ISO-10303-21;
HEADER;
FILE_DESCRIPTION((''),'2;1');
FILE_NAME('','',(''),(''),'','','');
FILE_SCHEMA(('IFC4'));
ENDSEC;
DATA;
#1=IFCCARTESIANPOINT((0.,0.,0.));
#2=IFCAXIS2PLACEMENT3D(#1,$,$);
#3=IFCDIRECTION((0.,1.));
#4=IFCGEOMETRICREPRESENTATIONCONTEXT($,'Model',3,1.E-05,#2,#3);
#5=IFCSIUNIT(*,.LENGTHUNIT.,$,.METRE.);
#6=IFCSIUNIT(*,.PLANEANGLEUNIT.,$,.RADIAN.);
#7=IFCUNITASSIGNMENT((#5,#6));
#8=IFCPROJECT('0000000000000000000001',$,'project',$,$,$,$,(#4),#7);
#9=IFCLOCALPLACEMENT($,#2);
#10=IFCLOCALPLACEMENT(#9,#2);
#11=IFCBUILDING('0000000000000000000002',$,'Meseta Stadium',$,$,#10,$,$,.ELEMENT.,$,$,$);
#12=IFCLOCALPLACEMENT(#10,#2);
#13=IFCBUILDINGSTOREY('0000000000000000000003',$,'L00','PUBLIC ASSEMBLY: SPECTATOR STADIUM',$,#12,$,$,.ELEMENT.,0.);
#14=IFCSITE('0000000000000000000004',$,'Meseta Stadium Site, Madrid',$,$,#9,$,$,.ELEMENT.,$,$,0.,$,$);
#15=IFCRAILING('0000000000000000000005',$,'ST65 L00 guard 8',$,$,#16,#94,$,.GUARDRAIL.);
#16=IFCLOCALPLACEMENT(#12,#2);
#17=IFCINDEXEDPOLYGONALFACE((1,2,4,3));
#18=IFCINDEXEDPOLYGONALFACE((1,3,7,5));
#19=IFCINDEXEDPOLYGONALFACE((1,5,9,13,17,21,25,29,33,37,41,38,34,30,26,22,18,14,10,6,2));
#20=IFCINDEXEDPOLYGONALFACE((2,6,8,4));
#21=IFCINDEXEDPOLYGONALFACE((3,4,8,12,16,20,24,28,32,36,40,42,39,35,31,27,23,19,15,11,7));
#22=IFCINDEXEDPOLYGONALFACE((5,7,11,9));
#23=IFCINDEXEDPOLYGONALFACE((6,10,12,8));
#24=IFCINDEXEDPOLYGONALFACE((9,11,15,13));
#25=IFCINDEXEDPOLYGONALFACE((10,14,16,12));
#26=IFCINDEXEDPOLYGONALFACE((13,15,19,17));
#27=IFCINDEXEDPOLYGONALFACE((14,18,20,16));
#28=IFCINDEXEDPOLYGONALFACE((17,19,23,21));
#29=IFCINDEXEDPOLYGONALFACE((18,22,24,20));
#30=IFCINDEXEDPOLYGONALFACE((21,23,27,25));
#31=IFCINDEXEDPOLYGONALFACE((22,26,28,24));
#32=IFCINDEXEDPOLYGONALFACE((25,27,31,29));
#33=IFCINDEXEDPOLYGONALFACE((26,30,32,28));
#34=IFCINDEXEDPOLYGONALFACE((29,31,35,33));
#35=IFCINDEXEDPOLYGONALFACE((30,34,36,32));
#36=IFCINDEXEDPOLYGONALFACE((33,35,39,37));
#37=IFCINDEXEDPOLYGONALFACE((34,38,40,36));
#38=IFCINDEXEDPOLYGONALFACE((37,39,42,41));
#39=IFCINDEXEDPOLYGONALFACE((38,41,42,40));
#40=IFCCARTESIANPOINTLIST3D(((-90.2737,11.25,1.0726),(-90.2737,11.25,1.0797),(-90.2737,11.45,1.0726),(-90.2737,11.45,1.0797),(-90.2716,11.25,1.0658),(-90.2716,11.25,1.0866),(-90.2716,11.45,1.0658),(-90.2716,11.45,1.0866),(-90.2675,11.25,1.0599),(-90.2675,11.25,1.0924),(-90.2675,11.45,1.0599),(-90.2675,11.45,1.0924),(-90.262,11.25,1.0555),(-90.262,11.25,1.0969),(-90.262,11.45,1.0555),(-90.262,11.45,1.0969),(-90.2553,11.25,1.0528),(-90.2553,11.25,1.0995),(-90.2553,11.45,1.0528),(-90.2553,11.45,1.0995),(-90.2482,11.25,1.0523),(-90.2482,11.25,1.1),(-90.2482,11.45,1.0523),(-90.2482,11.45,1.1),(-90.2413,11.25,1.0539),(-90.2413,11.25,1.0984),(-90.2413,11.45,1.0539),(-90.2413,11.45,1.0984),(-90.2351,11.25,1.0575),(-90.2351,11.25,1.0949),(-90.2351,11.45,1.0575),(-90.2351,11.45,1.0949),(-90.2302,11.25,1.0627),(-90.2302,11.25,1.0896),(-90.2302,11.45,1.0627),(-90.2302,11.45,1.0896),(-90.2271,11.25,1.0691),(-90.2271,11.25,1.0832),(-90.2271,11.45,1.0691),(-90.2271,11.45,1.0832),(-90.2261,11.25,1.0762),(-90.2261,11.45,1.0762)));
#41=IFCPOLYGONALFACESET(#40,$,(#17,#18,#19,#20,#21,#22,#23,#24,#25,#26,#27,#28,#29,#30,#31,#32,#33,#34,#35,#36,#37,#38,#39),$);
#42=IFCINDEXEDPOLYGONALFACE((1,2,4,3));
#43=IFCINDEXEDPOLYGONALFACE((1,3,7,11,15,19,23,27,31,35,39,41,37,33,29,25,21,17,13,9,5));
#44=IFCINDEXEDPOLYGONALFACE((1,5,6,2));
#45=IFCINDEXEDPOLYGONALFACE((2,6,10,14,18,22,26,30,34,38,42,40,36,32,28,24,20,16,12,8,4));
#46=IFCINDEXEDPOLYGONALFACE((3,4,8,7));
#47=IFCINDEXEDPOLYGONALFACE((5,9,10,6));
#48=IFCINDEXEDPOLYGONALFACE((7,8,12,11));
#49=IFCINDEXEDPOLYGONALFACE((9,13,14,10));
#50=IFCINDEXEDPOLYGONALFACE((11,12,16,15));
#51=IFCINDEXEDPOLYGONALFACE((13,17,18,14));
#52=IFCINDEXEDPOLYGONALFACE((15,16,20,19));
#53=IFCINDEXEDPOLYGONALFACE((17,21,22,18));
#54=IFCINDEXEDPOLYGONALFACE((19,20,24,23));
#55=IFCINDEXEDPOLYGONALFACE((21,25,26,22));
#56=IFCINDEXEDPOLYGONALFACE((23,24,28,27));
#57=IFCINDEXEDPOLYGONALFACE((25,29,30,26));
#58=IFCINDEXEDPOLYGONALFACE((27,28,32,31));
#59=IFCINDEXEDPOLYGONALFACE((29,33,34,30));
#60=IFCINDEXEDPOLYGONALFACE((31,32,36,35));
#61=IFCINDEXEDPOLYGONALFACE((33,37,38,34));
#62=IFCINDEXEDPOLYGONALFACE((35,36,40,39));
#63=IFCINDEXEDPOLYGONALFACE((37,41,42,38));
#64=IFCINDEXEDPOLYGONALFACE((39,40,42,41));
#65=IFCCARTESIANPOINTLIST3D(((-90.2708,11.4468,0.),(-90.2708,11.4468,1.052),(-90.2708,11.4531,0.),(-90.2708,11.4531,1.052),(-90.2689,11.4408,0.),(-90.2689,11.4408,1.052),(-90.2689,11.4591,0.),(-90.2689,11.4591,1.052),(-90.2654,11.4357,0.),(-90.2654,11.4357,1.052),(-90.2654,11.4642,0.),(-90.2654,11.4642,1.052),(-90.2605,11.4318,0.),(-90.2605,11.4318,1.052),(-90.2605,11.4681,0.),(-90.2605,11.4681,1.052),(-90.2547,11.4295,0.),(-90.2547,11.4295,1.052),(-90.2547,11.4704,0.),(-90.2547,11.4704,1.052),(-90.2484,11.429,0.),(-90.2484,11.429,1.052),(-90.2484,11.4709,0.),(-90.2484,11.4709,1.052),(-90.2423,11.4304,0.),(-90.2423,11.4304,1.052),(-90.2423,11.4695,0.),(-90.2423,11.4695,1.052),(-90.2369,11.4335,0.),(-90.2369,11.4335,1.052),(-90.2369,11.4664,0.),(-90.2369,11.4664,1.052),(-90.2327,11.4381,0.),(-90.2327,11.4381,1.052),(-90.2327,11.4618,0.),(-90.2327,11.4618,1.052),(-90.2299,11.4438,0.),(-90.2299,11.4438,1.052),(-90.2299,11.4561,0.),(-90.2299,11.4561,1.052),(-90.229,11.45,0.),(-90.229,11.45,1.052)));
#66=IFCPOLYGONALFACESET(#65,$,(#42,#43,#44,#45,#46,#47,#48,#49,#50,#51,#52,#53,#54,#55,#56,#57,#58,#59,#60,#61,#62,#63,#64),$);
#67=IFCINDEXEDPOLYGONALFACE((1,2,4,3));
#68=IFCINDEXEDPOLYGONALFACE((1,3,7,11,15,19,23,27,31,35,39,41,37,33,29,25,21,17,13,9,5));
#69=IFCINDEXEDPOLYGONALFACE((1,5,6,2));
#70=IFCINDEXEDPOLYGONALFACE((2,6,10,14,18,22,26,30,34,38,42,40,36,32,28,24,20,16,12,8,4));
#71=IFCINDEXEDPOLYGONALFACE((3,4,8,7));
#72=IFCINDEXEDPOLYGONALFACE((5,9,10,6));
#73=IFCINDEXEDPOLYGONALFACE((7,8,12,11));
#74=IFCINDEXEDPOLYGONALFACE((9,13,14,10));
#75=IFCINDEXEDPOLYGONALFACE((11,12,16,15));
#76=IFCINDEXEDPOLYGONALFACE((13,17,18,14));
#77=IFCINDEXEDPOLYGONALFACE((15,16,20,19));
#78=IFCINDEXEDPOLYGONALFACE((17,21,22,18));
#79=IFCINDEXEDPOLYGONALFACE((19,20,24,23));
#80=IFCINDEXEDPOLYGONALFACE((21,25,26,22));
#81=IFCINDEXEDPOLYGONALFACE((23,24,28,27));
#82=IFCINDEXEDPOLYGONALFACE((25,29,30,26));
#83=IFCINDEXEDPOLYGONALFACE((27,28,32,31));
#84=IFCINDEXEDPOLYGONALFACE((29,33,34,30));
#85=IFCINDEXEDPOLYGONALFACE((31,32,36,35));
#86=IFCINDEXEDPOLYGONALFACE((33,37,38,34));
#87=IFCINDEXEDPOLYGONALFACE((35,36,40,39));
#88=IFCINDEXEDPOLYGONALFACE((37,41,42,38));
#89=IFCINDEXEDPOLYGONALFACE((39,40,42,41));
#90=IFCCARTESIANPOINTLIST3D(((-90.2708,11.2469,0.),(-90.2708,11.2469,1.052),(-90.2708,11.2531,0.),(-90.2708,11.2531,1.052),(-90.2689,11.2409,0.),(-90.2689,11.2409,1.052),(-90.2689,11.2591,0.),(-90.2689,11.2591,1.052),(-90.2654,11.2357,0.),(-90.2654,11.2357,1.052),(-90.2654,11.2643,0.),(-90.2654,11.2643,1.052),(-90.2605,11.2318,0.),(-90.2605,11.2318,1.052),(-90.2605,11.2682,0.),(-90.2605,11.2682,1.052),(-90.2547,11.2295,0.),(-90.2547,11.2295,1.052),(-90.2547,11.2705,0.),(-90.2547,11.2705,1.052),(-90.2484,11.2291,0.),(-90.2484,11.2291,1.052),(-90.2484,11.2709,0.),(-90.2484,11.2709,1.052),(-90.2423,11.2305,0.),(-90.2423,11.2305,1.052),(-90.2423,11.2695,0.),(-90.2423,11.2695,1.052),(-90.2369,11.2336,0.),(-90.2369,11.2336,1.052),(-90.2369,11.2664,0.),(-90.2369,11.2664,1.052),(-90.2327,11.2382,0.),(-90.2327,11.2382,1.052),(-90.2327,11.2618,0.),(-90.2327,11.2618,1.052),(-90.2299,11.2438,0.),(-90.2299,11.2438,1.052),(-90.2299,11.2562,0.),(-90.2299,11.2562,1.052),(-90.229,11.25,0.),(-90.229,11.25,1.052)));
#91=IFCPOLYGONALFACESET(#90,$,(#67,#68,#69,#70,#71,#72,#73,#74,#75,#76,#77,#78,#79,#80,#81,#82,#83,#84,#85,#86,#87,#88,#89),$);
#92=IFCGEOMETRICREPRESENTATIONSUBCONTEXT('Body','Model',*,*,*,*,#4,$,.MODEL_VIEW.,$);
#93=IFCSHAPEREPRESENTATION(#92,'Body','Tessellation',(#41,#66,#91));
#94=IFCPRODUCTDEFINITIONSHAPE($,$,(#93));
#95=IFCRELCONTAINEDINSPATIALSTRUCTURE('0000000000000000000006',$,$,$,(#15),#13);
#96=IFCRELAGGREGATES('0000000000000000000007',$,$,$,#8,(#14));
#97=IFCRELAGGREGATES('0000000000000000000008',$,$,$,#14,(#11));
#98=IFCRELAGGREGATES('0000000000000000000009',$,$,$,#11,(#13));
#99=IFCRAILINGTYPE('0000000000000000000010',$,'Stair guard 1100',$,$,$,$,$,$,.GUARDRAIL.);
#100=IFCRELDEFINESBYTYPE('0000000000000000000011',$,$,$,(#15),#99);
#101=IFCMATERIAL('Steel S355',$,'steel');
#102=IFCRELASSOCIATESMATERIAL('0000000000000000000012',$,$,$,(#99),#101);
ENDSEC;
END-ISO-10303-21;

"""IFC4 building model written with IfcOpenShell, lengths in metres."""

from ifc_helpers import new_model, si_unit, direction, frame, origin, origin_2d, place, context, subcontext, project, spatial, circle, extrude, material, type_object, element, save


model = new_model("IFC4")

# Units and contexts
model_context = context("Model", 3, precision=1e-05, world=origin(), true_north=direction((0.0, 1.0)))
body_context = subcontext(model_context, "Body", "Model", "MODEL_VIEW")
ifc_project = project(units=[si_unit("LENGTHUNIT", "METRE"), si_unit("PLANEANGLEUNIT", "RADIAN")], contexts=[model_context])

# Site, building, storey
site_placement = place(None, origin())
site = spatial("IfcSite", under=ifc_project, at=site_placement, Name="Meseta Stadium Site, Madrid", CompositionType="ELEMENT", RefElevation=0.0)
building_placement = place(site_placement, origin())
building = spatial("IfcBuilding", under=site, at=building_placement, Name="Meseta Stadium", CompositionType="ELEMENT")
storey_placement = place(building_placement, origin())
storey = spatial("IfcBuildingStorey", under=building, at=storey_placement, Name="L00", Description="PUBLIC ASSEMBLY: SPECTATOR STADIUM", CompositionType="ELEMENT", Elevation=0.0)

# Railing
ifc_material_1 = material(Name="Steel S355", Category="steel")
railing_type_1 = type_object("IfcRailingType", Name="Stair guard 1100", PredefinedType="GUARDRAIL", material=ifc_material_1)
railing_1_placement = place(storey_placement, frame((-90.25, 11.45, 0.0)))
element("IfcRailing", 1, at=railing_1_placement, inside=storey, type_object=railing_type_1, Name="ST65 L00 guard 8", PredefinedType="GUARDRAIL", context=body_context, shape_type="SweptSolid", body=[
    extrude(circle(Radius=0.0239, at=origin_2d()), frame((0.0, 0.0, 1.0762), z_axis=(0.0, -1.0, 0.0), x_axis=(1.0, 0.0, 0.0)), (0.0, 0.0, 1.0), 0.2),
    extrude(circle(Radius=0.021, at=origin_2d()), origin(), (0.0, 0.0, 1.0), 1.052),
    extrude(circle(Radius=0.021, at=origin_2d()), frame((0.0, -0.2, 0.0)), (0.0, 0.0, 1.0), 1.052),
])

save(model, "model.ifc")
